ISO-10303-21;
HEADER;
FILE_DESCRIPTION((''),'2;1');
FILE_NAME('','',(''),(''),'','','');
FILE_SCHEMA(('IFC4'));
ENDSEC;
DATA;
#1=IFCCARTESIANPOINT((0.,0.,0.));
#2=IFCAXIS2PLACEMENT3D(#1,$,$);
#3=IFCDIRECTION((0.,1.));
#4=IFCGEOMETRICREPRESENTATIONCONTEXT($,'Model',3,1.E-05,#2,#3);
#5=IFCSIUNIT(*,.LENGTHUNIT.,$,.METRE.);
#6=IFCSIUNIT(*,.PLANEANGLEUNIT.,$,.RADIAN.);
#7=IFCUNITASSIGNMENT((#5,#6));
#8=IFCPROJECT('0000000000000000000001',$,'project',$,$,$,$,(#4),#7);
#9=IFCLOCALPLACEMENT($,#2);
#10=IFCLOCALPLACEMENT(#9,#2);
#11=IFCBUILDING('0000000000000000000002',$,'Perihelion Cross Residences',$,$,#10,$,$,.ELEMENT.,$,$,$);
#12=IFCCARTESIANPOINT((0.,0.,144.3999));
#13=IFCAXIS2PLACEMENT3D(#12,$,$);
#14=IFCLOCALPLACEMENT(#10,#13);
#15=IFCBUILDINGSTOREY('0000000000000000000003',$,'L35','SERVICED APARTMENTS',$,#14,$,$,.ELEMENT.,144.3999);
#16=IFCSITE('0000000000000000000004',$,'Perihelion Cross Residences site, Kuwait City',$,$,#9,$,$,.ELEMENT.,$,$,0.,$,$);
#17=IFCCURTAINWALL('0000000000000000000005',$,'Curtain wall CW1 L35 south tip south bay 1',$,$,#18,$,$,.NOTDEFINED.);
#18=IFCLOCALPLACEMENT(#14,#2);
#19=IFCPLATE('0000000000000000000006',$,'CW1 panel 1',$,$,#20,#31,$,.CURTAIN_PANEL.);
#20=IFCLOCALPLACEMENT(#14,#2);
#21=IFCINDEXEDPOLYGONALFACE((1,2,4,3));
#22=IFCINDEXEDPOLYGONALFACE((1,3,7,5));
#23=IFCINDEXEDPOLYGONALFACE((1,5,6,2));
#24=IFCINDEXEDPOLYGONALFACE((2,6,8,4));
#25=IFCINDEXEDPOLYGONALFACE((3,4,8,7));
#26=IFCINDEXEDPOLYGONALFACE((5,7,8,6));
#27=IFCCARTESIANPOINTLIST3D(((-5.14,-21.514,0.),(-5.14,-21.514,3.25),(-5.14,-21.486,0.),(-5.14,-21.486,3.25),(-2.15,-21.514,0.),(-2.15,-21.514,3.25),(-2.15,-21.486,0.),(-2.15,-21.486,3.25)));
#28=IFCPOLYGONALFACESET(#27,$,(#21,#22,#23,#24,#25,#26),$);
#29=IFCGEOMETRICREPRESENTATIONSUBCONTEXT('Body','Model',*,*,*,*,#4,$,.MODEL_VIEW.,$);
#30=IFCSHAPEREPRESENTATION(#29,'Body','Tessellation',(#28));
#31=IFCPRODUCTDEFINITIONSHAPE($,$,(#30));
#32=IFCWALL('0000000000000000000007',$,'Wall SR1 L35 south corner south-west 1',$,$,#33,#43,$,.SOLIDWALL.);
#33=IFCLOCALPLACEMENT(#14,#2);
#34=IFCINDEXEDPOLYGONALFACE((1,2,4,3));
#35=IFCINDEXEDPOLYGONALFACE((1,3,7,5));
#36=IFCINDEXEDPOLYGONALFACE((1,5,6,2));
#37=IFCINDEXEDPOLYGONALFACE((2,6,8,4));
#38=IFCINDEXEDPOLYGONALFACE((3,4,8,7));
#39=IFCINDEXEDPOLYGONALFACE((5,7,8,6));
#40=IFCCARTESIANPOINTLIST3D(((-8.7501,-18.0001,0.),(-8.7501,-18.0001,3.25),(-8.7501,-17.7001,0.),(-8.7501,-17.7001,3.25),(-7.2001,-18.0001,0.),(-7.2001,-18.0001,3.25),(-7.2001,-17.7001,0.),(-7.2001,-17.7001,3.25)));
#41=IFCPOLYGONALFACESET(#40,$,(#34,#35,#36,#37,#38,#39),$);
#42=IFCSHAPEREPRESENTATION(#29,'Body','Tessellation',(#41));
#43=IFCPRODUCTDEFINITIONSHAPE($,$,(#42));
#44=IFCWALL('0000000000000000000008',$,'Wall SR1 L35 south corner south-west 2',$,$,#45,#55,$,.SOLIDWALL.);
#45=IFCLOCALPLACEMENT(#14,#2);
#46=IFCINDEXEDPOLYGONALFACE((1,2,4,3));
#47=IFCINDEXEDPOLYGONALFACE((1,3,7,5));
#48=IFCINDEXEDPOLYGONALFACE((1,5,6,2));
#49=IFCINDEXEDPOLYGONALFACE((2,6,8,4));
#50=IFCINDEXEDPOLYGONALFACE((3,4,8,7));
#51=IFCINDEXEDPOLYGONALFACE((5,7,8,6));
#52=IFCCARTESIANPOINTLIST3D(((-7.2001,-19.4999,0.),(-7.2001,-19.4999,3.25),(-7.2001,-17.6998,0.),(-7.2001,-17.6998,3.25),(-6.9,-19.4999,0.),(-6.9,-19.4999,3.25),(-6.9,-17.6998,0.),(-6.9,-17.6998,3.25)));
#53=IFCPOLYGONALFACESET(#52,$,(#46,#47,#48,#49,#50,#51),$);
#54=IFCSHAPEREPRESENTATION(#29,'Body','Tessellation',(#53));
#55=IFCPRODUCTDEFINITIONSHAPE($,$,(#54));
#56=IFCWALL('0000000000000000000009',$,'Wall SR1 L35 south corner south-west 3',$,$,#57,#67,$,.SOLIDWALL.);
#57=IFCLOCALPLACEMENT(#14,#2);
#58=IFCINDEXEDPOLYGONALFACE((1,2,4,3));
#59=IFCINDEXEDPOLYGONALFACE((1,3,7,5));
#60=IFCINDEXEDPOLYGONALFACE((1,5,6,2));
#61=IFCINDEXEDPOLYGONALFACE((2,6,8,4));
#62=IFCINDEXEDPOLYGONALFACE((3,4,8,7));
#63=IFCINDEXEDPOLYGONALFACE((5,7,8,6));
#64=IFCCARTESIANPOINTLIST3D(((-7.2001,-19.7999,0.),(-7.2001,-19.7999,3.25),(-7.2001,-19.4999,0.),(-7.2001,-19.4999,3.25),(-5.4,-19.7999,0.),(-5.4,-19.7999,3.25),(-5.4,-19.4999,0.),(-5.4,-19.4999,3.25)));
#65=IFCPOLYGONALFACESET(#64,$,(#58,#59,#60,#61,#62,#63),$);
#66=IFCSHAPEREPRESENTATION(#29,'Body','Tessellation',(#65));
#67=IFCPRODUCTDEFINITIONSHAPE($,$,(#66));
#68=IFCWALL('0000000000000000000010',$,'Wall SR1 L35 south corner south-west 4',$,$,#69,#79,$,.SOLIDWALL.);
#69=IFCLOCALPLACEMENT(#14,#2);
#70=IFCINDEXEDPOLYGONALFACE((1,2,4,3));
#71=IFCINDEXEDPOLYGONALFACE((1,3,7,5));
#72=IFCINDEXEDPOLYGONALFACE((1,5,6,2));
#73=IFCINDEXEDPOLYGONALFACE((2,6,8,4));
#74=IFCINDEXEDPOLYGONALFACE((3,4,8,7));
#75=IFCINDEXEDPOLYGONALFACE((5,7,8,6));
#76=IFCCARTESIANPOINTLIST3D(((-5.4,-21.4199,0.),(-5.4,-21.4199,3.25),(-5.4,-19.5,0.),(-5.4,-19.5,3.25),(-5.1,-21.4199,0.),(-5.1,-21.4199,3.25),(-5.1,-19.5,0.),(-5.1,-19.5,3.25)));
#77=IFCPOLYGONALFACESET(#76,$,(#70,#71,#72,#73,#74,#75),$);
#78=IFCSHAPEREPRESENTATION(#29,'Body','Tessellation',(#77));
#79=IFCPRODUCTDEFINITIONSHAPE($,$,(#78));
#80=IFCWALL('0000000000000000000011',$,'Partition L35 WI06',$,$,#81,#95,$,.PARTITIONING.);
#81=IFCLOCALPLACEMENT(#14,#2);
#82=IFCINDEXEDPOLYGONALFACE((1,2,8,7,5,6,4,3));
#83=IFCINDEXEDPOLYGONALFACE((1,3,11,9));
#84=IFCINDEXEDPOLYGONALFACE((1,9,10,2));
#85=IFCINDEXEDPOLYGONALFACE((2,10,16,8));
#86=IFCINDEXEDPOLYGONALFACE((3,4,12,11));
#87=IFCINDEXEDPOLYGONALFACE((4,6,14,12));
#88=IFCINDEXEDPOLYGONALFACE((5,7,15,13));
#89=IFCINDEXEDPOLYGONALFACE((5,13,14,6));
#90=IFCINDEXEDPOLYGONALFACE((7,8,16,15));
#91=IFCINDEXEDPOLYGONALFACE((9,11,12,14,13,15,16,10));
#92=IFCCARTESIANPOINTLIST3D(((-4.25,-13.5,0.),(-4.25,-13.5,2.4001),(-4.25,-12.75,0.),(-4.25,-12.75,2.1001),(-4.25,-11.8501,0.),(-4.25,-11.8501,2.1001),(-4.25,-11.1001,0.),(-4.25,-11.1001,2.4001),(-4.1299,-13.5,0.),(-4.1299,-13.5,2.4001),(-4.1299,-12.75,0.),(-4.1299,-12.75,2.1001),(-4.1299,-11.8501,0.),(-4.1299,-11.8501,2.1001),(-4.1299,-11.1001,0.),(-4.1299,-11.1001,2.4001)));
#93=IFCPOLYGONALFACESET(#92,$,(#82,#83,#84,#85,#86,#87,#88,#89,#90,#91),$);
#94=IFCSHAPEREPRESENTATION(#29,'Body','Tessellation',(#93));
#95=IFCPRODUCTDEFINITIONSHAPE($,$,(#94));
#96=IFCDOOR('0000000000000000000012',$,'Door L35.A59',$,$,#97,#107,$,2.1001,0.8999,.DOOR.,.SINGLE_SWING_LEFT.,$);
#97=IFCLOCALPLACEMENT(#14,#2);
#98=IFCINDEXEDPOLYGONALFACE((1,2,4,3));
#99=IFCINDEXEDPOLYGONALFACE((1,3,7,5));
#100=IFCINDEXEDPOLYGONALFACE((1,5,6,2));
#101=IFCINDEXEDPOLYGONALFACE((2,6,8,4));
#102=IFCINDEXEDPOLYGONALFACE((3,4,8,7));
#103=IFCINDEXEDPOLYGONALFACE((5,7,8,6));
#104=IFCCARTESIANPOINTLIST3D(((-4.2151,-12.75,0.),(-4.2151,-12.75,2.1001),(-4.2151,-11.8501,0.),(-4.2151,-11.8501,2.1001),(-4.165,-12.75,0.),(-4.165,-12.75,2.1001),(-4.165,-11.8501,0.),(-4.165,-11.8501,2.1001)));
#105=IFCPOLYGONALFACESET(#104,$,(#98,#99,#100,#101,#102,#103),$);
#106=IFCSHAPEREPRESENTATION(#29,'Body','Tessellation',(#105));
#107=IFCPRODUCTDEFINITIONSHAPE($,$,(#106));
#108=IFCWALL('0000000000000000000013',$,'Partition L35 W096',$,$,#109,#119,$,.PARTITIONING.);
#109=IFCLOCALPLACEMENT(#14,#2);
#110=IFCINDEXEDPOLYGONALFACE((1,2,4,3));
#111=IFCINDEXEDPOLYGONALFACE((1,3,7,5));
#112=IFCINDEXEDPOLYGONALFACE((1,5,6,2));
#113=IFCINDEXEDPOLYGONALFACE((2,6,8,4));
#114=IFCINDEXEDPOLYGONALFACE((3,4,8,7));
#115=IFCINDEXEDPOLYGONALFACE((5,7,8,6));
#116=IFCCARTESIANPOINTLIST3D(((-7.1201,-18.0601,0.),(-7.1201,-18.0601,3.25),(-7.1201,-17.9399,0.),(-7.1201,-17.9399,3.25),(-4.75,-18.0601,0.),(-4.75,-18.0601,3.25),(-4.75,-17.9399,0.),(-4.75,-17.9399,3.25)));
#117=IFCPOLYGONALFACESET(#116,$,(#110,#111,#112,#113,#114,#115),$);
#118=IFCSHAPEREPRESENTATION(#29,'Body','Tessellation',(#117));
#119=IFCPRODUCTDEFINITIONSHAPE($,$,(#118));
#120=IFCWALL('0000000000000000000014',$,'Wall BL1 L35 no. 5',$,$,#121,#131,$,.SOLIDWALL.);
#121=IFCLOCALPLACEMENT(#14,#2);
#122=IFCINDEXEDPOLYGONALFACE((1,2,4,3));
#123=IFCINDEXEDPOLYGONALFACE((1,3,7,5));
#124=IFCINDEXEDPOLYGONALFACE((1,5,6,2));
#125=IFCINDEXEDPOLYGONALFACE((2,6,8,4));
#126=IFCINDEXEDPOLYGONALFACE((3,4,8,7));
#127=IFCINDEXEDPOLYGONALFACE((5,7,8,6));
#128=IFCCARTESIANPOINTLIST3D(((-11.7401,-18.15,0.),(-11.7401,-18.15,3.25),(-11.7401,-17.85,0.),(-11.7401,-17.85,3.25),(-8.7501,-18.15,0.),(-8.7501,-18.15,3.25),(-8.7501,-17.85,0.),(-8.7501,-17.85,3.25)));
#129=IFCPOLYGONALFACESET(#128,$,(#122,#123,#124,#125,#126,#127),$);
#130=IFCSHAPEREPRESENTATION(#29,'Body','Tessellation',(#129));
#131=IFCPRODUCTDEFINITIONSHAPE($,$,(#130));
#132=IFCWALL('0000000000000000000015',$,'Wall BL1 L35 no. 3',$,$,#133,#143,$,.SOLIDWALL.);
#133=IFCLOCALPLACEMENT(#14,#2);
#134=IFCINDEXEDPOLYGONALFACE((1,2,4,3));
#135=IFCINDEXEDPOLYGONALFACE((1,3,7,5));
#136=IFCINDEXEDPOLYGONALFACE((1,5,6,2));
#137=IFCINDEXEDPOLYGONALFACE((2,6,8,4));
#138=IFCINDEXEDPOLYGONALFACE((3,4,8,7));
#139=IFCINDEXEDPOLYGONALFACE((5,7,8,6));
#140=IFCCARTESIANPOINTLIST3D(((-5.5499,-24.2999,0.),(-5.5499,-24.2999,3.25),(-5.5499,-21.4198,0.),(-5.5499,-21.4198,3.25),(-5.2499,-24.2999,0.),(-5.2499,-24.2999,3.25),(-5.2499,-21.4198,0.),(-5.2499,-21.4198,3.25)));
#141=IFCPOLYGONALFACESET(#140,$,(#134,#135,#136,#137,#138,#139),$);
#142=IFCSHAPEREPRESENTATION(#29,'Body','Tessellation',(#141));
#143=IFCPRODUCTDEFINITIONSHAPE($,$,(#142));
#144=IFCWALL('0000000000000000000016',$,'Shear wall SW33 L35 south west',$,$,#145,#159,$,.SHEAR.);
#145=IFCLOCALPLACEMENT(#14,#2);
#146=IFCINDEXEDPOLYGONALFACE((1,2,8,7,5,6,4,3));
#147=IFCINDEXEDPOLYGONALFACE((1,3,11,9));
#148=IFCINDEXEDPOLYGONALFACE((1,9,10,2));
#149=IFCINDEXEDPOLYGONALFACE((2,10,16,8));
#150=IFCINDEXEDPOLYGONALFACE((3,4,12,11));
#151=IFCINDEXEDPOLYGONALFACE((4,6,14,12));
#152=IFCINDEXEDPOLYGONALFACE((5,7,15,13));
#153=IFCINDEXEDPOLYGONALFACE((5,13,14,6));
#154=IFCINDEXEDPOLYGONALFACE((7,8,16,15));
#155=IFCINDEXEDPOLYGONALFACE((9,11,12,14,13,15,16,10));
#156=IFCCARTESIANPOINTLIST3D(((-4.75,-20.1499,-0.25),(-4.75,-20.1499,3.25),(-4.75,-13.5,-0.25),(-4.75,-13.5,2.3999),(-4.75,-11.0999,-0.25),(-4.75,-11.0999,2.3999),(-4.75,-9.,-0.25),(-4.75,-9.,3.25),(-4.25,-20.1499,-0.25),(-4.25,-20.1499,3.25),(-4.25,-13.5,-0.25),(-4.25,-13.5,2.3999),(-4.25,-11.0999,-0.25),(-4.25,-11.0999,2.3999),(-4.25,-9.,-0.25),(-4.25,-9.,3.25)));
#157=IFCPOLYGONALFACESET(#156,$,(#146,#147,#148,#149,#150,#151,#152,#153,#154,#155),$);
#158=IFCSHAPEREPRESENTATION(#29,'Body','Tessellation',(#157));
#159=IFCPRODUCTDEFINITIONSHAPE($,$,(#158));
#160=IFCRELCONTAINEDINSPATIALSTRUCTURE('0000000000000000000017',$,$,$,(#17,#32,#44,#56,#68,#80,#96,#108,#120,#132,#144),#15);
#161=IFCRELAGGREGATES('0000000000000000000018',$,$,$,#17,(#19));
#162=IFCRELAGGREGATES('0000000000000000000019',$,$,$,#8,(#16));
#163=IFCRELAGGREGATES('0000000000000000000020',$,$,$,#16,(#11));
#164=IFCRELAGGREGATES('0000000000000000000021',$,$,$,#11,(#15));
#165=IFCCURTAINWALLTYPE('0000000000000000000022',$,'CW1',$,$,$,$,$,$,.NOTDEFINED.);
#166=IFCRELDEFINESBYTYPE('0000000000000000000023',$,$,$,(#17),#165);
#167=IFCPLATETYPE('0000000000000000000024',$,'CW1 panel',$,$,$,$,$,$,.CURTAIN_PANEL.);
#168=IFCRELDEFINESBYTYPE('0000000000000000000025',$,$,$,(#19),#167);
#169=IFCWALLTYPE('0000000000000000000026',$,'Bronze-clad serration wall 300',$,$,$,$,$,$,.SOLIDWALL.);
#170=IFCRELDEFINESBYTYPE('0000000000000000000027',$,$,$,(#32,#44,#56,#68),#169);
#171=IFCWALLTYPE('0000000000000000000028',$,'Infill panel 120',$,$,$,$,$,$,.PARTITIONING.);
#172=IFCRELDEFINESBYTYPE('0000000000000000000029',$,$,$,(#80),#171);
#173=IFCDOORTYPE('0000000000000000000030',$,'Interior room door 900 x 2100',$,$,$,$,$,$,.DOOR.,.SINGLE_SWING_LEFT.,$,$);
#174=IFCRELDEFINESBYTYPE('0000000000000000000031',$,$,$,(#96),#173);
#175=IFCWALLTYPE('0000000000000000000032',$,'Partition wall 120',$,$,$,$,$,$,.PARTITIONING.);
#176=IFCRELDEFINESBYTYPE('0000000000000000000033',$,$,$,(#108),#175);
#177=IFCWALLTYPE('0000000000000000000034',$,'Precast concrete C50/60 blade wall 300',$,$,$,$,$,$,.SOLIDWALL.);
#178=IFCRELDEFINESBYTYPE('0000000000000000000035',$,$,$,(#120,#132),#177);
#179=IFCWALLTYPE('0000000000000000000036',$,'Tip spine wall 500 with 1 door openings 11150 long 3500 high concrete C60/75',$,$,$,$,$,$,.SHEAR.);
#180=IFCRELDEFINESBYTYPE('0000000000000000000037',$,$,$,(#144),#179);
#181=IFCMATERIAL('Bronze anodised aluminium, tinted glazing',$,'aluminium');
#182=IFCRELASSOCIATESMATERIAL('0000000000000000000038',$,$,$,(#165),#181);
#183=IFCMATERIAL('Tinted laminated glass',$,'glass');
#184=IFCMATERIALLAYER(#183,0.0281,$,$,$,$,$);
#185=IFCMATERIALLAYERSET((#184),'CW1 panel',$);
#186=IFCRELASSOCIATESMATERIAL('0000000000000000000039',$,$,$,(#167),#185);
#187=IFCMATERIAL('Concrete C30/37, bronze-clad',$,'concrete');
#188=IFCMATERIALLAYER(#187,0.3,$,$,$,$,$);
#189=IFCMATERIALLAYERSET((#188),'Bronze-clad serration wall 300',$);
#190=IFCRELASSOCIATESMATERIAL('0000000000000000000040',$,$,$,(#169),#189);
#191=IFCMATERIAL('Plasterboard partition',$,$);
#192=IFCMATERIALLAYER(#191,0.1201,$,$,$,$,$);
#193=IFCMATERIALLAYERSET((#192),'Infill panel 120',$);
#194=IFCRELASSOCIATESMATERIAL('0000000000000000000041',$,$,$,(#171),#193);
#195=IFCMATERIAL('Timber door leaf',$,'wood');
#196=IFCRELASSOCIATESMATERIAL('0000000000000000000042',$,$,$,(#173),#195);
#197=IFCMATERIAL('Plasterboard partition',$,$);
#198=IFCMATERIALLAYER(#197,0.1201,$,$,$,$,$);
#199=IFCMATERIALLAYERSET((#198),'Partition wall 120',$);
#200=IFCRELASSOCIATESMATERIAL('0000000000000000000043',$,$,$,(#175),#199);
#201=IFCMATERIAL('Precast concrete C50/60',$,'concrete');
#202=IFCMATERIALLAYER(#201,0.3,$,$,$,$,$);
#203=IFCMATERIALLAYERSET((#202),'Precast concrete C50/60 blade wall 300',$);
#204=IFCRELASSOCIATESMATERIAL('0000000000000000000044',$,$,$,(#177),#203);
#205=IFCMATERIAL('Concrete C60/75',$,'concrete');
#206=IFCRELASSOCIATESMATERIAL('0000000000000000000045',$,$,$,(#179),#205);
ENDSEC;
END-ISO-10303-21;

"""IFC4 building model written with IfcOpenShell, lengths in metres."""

from ifc_helpers import new_model, si_unit, direction, frame, frame_2d, origin, origin_2d, place, context, subcontext, project, spatial, polyline, rectangle, outline, extrude, material, layer, layer_set, material_profile, profile_set, type_object, element, fill, aggregate, save


model = new_model("IFC4")

# Units and contexts
model_context = context("Model", 3, precision=1e-05, world=origin(), true_north=direction((0.0, 1.0)))
body_context = subcontext(model_context, "Body", "Model", "MODEL_VIEW")
ifc_project = project(units=[si_unit("LENGTHUNIT", "METRE"), si_unit("PLANEANGLEUNIT", "RADIAN")], contexts=[model_context])

# Site, building, storey
site_placement = place(None, origin())
site = spatial("IfcSite", under=ifc_project, at=site_placement, Name="Perihelion Cross Residences site, Kuwait City", CompositionType="ELEMENT", RefElevation=0.0)
building_placement = place(site_placement, origin())
building = spatial("IfcBuilding", under=site, at=building_placement, Name="Perihelion Cross Residences", CompositionType="ELEMENT")
storey_placement = place(building_placement, frame((0.0, 0.0, 144.3999)))
storey = spatial("IfcBuildingStorey", under=building, at=storey_placement, Name="L35", Description="SERVICED APARTMENTS", CompositionType="ELEMENT", Elevation=144.3999)

# Curtain wall
ifc_material_1 = material(Name="Bronze anodised aluminium, tinted glazing", Category="aluminium")
curtain_wall_type = type_object("IfcCurtainWallType", Name="CW1", PredefinedType="NOTDEFINED", material=ifc_material_1)
curtain_wall_1_placement = place(storey_placement, origin())
curtain_wall_1 = element("IfcCurtainWall", 1, at=curtain_wall_1_placement, inside=storey, type_object=curtain_wall_type, Name="Curtain wall CW1 L35 south tip south bay 1", PredefinedType="NOTDEFINED")

# Shared definitions
ifc_material_2 = material(Name="Tinted laminated glass", Category="glass")
ifc_layer_1 = layer(ifc_material_2, 0.0281)
ifc_layer_set_1 = layer_set([ifc_layer_1], Name="CW1 panel")
plate_type = type_object("IfcPlateType", Name="CW1 panel", PredefinedType="CURTAIN_PANEL", material=ifc_layer_set_1)

# Plate
plate_1_placement = place(storey_placement, frame((-3.645, -21.5, 0.0), z_axis=(0.0, 0.0, 1.0), x_axis=(1.0, 0.0, 0.0)))
plate_1 = element("IfcPlate", 2, at=plate_1_placement, type_object=plate_type, Name="CW1 panel 1", PredefinedType="CURTAIN_PANEL", context=body_context, shape_type="SweptSolid", body=[
    extrude(rectangle(XDim=2.99, YDim=0.0281, at=origin_2d()), origin(), (0.0, 0.0, 1.0), 3.25),
])
aggregate(curtain_wall_1, [plate_1])

# Walls
ifc_material_3 = material(Name="Concrete C30/37, bronze-clad", Category="concrete")
ifc_layer_2 = layer(ifc_material_3, 0.3)
ifc_layer_set_2 = layer_set([ifc_layer_2], Name="Bronze-clad serration wall 300")
wall_type_1 = type_object("IfcWallType", Name="Bronze-clad serration wall 300", PredefinedType="SOLIDWALL", material=ifc_layer_set_2)
wall_1_placement = place(storey_placement, frame((-8.75, -17.8501, 0.0), z_axis=(0.0, 0.0, 1.0), x_axis=(1.0, 0.0, 0.0)))
element("IfcWall", 3, at=wall_1_placement, inside=storey, type_object=wall_type_1, Name="Wall SR1 L35 south corner south-west 1", PredefinedType="SOLIDWALL", context=body_context, shape_type="SweptSolid", body=[
    extrude(rectangle(XDim=1.55, YDim=0.3, at=frame_2d((0.7749, 0.0))), origin(), (0.0, 0.0, 1.0), 3.25),
])
for number, where, z_axis, x_axis, name in (
    (4, (-7.05, -17.7, 0.0), (0.0, 0.0, 1.0), (0.0, -1.0, 0.0), "Wall SR1 L35 south corner south-west 2"),
    (5, (-7.2, -19.6499, 0.0), (0.0, 0.0, 1.0), (1.0, 0.0, 0.0), "Wall SR1 L35 south corner south-west 3"),
):
    element("IfcWall", number, at=place(storey_placement, frame(where, z_axis=z_axis, x_axis=x_axis)), inside=storey, type_object=wall_type_1, Name=name, PredefinedType="SOLIDWALL", context=body_context, shape_type="SweptSolid", body=[
        extrude(rectangle(XDim=1.8, YDim=0.3, at=frame_2d((0.8999, 0.0))), origin(), (0.0, 0.0, 1.0), 3.25),
    ])
wall_2_placement = place(storey_placement, frame((-5.25, -19.5, 0.0), z_axis=(0.0, 0.0, 1.0), x_axis=(0.0, -1.0, 0.0)))
element("IfcWall", 6, at=wall_2_placement, inside=storey, type_object=wall_type_1, Name="Wall SR1 L35 south corner south-west 4", PredefinedType="SOLIDWALL", context=body_context, shape_type="SweptSolid", body=[
    extrude(rectangle(XDim=1.9199, YDim=0.3, at=frame_2d((0.96, 0.0))), origin(), (0.0, 0.0, 1.0), 3.25),
])

# Wall, opening, door
ifc_material_4 = material(Name="Plasterboard partition")
ifc_layer_3 = layer(ifc_material_4, 0.1201)
ifc_layer_set_3 = layer_set([ifc_layer_3], Name="Infill panel 120")
wall_type_2 = type_object("IfcWallType", Name="Infill panel 120", PredefinedType="PARTITIONING", material=ifc_layer_set_3)
wall_3_placement = place(storey_placement, frame((-4.1899, -11.1001, 0.0), z_axis=(0.0, 0.0, 1.0), x_axis=(0.0, -1.0, 0.0)))
wall_3 = element("IfcWall", 7, at=wall_3_placement, inside=storey, type_object=wall_type_2, Name="Partition L35 WI06", PredefinedType="PARTITIONING", context=body_context, shape_type="SweptSolid", body=[
    extrude(rectangle(XDim=2.3999, YDim=0.1201, at=frame_2d((1.2, 0.0))), origin(), (0.0, 0.0, 1.0), 2.4001),
])
opening_1_placement = place(wall_3_placement, frame((0.75, 0.0, 0.0)))
opening_1 = element("IfcOpeningElement", 8, at=opening_1_placement, cuts=wall_3, PredefinedType="OPENING", context=body_context, shape_type="SweptSolid", body=[
    extrude(rectangle(XDim=0.8999, YDim=2.1001, at=frame_2d((0.45, 1.05))), frame((0.0, 0.0701, 0.0), z_axis=(0.0, -1.0, 0.0), x_axis=(1.0, 0.0, 0.0)), (0.0, 0.0, 1.0), 0.1401),
])
ifc_material_5 = material(Name="Timber door leaf", Category="wood")
door_type_1 = type_object("IfcDoorType", Name="Interior room door 900 x 2100", OperationType="SINGLE_SWING_LEFT", PredefinedType="DOOR", material=ifc_material_5)
door_1_placement = place(opening_1_placement, origin())
door_1 = element("IfcDoor", 9, at=door_1_placement, inside=storey, type_object=door_type_1, Name="Door L35.A59", OperationType="SINGLE_SWING_LEFT", OverallHeight=2.1001, OverallWidth=0.8999, PredefinedType="DOOR", context=body_context, shape_type="SweptSolid", body=[
    extrude(rectangle(XDim=0.8999, YDim=2.1001, at=frame_2d((0.45, 1.05))), frame((0.0, 0.0249, 0.0), z_axis=(0.0, -1.0, 0.0), x_axis=(1.0, 0.0, 0.0)), (0.0, 0.0, 1.0), 0.05),
])
fill(opening_1, door_1)

# Walls
ifc_material_6 = material(Name="Plasterboard partition")
ifc_layer_4 = layer(ifc_material_6, 0.1201)
ifc_layer_set_4 = layer_set([ifc_layer_4], Name="Partition wall 120")
wall_type_3 = type_object("IfcWallType", Name="Partition wall 120", PredefinedType="PARTITIONING", material=ifc_layer_set_4)
wall_4_placement = place(storey_placement, frame((-4.75, -18.0, 0.0), z_axis=(0.0, 0.0, 1.0), x_axis=(-1.0, 0.0, 0.0)))
element("IfcWall", 10, at=wall_4_placement, inside=storey, type_object=wall_type_3, Name="Partition L35 W096", PredefinedType="PARTITIONING", context=body_context, shape_type="SweptSolid", body=[
    extrude(rectangle(XDim=2.3701, YDim=0.1201, at=frame_2d((1.1851, 0.0))), origin(), (0.0, 0.0, 1.0), 3.25),
])
ifc_material_7 = material(Name="Precast concrete C50/60", Category="concrete")
ifc_layer_5 = layer(ifc_material_7, 0.3)
ifc_layer_set_5 = layer_set([ifc_layer_5], Name="Precast concrete C50/60 blade wall 300")
wall_type_4 = type_object("IfcWallType", Name="Precast concrete C50/60 blade wall 300", PredefinedType="SOLIDWALL", material=ifc_layer_set_5)
wall_5_placement = place(storey_placement, frame((-8.75, -18.0, 0.0), z_axis=(0.0, 0.0, 1.0), x_axis=(-1.0, 0.0, 0.0)))
element("IfcWall", 11, at=wall_5_placement, inside=storey, type_object=wall_type_4, Name="Wall BL1 L35 no. 5", PredefinedType="SOLIDWALL", context=body_context, shape_type="SweptSolid", body=[
    extrude(rectangle(XDim=2.99, YDim=0.3, at=frame_2d((1.4951, 0.0))), origin(), (0.0, 0.0, 1.0), 3.25),
])
wall_6_placement = place(storey_placement, frame((-5.3999, -21.4199, 0.0), z_axis=(0.0, 0.0, 1.0), x_axis=(0.0, -1.0, 0.0)))
element("IfcWall", 12, at=wall_6_placement, inside=storey, type_object=wall_type_4, Name="Wall BL1 L35 no. 3", PredefinedType="SOLIDWALL", context=body_context, shape_type="SweptSolid", body=[
    extrude(rectangle(XDim=2.8801, YDim=0.3, at=frame_2d((1.4399, 0.0))), origin(), (0.0, 0.0, 1.0), 3.25),
])
ifc_material_8 = material(Name="Concrete C60/75", Category="concrete")
ifc_material_profile_1 = material_profile(ifc_material_8, outline(polyline([(0.0, 0.0), (6.6499, 0.0), (6.6499, 2.6499), (9.05, 2.6499), (9.05, 0.0), (11.1499, 0.0), (11.1499, 3.5), (0.0, 3.5), (0.0, 0.0)])), Name="Tip spine wall")
ifc_profile_set_1 = profile_set([ifc_material_profile_1], Name="Concrete C60/75")
wall_type_5 = type_object("IfcWallType", Name="Tip spine wall 500 with 1 door openings 11150 long 3500 high concrete C60/75", PredefinedType="SHEAR", material=ifc_profile_set_1)
wall_7_placement = place(storey_placement, frame((-4.75, -20.1499, -0.25), z_axis=(1.0, 0.0, 0.0), x_axis=(0.0, 1.0, 0.0)))
element("IfcWall", 13, at=wall_7_placement, inside=storey, type_object=wall_type_5, Name="Shear wall SW33 L35 south west", PredefinedType="SHEAR", context=body_context, shape_type="SweptSolid", body=[
    extrude(outline(polyline([(0.0, 0.0), (6.6499, 0.0), (6.6499, 2.6499), (9.05, 2.6499), (9.05, 0.0), (11.1499, 0.0), (11.1499, 3.5), (0.0, 3.5), (0.0, 0.0)])), origin(), (0.0, 0.0, 1.0), 0.5),
])

save(model, "model.ifc")
